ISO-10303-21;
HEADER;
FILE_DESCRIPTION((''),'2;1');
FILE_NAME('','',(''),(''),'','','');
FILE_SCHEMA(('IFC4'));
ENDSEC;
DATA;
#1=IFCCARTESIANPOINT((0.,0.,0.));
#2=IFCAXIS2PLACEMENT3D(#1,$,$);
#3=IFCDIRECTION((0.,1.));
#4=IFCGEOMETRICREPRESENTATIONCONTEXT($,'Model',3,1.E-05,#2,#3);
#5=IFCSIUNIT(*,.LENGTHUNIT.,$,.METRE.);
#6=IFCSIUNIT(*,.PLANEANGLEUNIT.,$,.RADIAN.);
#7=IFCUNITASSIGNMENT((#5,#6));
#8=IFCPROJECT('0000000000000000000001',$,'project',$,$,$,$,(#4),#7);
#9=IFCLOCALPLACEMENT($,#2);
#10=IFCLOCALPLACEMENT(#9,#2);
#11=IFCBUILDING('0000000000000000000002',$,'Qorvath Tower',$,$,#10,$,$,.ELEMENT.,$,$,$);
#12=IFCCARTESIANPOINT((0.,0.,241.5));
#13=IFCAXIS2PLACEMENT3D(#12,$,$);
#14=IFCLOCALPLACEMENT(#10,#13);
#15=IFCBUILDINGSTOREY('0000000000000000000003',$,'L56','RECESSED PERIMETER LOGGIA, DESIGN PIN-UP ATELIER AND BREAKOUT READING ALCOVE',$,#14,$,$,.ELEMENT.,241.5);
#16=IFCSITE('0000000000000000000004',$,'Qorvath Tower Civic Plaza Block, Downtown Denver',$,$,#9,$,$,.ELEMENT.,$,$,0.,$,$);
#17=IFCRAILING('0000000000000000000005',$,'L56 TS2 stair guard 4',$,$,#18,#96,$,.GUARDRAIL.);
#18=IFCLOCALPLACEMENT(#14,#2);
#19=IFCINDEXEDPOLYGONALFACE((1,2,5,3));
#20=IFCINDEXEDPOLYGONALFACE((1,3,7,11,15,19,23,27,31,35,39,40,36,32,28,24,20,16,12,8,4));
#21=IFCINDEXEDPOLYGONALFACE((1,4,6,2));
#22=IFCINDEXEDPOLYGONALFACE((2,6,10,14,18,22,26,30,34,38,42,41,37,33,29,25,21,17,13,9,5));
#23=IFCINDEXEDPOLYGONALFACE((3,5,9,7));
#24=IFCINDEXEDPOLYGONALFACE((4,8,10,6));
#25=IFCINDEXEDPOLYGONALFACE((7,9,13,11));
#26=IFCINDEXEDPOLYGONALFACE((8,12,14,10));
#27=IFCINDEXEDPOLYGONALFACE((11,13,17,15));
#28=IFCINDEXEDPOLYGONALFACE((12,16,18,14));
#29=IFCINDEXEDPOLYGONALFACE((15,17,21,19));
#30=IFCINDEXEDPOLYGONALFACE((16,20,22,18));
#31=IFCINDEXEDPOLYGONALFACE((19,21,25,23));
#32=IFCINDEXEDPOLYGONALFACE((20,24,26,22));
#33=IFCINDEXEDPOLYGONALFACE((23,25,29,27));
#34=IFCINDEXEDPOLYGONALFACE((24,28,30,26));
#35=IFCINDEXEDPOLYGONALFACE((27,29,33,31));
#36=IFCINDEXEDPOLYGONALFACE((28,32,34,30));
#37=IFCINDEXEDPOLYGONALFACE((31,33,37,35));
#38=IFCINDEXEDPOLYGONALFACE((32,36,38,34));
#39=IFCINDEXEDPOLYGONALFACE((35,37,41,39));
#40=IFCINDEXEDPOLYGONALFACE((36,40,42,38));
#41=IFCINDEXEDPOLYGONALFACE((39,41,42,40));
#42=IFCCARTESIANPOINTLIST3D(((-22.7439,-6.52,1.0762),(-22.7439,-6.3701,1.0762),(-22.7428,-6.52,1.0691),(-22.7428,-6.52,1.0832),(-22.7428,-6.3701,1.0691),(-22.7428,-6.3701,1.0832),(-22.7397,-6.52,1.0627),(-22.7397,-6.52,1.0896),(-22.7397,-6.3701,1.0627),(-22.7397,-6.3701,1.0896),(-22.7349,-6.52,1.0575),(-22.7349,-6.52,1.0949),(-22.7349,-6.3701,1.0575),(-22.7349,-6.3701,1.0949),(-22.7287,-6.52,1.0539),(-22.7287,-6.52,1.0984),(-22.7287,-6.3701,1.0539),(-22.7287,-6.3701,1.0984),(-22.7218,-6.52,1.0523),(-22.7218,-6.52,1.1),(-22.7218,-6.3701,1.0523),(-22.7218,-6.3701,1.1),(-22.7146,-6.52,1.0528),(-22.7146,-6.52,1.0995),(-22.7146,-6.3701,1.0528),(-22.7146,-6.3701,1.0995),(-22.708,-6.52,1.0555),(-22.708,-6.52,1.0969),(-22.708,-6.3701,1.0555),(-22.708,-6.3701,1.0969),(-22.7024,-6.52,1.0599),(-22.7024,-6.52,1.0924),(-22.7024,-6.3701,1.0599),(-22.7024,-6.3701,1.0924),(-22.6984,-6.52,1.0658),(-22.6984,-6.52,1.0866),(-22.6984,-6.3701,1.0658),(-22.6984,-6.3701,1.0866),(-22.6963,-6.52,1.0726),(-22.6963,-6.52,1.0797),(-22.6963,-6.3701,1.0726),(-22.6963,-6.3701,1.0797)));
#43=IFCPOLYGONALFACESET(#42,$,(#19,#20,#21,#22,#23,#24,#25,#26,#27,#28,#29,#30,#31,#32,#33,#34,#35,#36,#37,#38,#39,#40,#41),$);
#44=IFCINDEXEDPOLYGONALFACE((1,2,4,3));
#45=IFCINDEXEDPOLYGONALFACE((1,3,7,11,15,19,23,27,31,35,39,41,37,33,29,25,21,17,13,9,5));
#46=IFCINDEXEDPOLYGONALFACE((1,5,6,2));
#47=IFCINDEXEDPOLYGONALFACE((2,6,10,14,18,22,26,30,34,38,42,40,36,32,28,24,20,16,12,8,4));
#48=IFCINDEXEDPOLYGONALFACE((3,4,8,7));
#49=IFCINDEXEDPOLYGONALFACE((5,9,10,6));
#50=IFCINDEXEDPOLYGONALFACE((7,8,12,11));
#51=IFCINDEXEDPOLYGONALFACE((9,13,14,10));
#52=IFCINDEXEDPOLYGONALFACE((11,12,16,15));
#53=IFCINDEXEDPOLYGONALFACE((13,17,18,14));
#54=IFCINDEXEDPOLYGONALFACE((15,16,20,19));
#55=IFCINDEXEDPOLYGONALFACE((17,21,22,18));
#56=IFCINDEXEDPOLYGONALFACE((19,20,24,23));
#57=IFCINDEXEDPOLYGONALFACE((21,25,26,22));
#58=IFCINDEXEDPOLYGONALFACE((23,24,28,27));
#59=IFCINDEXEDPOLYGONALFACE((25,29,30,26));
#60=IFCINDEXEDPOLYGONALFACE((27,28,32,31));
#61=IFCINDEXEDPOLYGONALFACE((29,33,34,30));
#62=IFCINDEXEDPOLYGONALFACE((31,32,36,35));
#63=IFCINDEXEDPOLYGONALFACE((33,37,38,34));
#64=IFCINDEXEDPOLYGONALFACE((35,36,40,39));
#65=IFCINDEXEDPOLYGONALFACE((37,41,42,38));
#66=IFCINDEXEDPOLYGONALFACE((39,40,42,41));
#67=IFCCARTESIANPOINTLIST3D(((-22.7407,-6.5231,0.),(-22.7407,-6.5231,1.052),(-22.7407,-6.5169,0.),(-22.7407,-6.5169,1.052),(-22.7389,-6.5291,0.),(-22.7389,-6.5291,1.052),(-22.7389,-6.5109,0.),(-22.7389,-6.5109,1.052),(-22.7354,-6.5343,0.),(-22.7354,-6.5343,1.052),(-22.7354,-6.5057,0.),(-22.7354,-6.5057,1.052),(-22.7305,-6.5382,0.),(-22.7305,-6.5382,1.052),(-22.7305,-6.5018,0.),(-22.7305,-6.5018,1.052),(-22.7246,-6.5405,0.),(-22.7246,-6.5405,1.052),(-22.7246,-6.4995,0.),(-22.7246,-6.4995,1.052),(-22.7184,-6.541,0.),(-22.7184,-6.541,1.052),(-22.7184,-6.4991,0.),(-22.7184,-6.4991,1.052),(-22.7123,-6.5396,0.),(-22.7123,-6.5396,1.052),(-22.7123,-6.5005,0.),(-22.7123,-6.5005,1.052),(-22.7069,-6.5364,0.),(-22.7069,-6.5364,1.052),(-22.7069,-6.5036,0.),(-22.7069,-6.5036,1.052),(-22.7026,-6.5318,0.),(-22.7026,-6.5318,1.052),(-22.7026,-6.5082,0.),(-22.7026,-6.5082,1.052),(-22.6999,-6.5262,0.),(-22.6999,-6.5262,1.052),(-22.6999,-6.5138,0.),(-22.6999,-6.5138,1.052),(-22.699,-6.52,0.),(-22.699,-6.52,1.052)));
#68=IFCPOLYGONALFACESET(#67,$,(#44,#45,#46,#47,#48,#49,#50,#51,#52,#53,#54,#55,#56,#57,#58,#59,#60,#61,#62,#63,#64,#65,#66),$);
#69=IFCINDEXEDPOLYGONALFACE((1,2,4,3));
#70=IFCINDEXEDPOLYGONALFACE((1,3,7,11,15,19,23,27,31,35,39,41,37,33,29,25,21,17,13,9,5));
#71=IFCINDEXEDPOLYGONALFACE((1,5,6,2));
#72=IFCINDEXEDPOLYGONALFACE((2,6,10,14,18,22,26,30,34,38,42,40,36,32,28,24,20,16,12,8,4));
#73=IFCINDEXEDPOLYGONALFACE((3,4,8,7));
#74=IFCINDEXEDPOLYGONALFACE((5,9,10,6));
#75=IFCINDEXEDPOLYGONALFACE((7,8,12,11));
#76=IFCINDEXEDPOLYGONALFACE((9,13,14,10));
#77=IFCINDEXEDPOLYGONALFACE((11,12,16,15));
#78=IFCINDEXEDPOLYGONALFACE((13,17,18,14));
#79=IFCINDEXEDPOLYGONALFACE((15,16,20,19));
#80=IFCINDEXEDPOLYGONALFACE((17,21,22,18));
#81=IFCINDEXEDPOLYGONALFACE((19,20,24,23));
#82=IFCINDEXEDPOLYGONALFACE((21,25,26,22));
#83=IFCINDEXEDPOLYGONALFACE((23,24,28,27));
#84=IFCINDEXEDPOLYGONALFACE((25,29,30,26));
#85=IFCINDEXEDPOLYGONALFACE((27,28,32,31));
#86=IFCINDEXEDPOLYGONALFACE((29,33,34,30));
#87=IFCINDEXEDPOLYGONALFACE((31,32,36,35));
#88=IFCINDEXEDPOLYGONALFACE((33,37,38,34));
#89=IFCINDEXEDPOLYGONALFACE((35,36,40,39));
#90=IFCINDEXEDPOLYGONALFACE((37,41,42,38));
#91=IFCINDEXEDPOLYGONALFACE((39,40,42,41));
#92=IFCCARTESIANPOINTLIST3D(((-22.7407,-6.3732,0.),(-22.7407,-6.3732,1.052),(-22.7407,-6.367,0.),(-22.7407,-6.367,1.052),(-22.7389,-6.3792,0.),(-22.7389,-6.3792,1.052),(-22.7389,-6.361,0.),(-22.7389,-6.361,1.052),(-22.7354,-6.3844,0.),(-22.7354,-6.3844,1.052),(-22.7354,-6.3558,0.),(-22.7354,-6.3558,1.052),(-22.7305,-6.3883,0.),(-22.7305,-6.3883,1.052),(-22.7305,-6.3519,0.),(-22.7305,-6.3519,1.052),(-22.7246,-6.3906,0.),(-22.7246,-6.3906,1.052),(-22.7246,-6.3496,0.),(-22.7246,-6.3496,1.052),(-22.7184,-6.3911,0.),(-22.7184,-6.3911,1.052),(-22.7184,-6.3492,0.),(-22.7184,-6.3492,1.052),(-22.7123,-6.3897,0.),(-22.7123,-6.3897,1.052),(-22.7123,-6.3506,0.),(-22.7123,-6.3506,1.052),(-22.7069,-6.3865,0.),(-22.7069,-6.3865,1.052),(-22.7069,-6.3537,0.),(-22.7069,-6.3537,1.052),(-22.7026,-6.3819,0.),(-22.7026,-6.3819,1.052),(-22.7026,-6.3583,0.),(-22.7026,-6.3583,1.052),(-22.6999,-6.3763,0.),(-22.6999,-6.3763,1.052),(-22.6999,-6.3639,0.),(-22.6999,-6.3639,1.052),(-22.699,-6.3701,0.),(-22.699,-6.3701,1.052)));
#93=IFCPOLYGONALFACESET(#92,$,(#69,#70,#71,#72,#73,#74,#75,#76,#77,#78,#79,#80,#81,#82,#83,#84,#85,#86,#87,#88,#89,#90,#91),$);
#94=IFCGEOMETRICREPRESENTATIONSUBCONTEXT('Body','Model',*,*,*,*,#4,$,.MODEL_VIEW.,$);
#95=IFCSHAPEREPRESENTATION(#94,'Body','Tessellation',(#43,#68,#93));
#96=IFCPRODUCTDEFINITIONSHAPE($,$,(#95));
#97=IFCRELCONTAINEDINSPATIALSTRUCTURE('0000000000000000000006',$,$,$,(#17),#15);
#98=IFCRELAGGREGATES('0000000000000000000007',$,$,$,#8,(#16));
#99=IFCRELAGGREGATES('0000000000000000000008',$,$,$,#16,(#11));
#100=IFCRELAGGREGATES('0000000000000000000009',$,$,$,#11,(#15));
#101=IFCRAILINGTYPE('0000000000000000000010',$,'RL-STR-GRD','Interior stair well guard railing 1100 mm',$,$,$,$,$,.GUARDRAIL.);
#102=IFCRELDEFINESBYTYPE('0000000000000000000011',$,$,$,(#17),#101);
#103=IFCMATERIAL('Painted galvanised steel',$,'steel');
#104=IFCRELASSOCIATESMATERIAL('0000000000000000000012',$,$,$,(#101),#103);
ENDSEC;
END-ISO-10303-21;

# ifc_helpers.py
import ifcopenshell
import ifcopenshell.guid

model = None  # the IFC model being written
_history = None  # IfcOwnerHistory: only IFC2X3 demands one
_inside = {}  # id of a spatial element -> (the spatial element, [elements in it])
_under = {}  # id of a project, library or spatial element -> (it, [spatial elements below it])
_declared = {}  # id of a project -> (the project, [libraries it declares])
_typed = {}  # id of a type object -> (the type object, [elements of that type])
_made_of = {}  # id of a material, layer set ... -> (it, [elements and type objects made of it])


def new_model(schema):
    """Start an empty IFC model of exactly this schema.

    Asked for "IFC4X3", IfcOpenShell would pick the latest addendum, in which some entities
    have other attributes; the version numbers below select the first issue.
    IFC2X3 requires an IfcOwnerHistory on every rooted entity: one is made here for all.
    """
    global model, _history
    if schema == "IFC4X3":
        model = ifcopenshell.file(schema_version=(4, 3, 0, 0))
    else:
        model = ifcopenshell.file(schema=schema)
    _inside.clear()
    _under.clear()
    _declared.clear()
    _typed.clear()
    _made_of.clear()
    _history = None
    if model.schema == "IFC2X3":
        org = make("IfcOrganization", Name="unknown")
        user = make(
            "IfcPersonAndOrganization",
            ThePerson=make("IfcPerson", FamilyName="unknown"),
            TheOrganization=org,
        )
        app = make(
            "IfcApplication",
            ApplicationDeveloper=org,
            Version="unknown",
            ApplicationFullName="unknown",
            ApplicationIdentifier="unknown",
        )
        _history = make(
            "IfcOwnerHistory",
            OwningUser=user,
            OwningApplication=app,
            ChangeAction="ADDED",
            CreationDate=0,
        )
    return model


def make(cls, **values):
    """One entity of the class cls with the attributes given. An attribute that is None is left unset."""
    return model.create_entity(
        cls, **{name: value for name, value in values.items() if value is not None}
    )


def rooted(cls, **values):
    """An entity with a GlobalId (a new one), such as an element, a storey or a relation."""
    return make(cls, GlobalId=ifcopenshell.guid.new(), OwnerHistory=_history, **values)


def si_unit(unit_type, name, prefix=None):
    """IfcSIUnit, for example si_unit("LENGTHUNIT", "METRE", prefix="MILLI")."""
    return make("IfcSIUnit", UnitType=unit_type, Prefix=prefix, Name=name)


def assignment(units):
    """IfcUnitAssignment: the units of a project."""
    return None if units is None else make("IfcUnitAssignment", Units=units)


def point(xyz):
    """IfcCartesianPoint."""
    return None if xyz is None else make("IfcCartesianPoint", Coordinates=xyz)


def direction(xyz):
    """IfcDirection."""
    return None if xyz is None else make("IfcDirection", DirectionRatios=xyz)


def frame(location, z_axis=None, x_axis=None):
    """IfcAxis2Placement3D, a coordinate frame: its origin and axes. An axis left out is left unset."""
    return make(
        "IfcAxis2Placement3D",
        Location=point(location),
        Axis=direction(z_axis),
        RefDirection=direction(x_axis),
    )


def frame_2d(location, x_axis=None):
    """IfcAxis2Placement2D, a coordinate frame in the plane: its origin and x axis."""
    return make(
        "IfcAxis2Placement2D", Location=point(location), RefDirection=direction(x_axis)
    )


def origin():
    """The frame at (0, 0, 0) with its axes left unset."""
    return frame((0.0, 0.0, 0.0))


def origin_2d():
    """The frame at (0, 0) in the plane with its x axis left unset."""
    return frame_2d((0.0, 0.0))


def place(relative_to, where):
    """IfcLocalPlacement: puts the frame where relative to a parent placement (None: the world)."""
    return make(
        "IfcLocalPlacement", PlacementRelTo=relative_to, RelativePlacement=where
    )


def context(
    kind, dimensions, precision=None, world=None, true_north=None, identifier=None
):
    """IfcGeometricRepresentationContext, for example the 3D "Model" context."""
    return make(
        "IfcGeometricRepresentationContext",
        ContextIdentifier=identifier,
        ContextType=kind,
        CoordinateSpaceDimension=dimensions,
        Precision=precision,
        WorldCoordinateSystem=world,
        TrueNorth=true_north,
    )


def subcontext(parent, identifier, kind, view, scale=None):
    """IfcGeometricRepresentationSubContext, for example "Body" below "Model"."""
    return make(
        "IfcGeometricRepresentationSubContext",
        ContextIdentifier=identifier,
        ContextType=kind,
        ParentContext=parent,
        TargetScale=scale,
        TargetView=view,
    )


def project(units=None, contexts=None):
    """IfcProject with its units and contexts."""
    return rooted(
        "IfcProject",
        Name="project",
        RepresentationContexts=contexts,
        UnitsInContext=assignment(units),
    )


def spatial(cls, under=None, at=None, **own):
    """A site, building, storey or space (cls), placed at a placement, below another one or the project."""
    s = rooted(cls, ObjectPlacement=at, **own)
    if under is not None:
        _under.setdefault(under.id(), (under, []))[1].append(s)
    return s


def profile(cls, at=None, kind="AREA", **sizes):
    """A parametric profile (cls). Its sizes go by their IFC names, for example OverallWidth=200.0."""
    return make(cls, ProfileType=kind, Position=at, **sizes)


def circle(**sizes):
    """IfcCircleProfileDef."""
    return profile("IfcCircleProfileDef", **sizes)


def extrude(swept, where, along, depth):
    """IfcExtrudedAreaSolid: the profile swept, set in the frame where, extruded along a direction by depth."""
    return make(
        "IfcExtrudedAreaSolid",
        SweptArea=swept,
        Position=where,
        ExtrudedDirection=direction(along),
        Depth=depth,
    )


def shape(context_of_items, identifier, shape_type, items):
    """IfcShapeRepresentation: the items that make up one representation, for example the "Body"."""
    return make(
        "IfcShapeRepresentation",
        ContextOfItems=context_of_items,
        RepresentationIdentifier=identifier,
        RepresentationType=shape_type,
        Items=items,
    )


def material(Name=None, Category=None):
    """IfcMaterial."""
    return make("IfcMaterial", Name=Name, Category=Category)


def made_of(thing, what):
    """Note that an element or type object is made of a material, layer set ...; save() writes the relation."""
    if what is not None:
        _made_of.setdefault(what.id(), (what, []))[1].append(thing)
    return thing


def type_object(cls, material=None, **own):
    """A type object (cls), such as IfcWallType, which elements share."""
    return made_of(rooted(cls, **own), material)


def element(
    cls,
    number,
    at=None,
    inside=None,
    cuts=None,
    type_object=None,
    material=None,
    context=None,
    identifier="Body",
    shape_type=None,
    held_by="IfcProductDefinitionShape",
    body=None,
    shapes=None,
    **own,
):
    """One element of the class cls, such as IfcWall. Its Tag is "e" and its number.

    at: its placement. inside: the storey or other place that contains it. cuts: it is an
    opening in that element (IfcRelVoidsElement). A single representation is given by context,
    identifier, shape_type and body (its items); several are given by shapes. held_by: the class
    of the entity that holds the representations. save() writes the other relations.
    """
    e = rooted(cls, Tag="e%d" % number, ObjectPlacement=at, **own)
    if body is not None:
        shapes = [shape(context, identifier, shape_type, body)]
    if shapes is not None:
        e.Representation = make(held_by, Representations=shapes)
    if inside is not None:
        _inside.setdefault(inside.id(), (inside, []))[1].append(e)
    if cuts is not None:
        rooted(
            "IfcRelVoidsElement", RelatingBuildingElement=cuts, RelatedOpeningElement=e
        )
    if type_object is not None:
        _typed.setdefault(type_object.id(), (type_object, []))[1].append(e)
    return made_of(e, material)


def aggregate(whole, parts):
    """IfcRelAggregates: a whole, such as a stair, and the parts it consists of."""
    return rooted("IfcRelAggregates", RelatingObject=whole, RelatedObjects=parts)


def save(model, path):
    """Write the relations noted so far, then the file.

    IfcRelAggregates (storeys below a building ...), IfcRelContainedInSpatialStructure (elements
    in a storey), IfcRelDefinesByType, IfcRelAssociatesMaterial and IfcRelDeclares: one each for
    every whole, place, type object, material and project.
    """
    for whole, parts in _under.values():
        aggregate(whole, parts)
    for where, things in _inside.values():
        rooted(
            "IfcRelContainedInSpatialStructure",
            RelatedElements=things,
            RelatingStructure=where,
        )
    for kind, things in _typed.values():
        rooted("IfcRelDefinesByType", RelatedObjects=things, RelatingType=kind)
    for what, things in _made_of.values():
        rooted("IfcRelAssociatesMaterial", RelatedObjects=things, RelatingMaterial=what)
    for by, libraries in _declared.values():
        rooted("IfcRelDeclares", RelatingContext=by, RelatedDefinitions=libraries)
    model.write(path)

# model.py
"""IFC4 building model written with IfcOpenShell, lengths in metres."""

from ifc_helpers import new_model, si_unit, direction, frame, origin, origin_2d, place, context, subcontext, project, spatial, circle, extrude, material, type_object, element, save


model = new_model("IFC4")

# Units and contexts
model_context = context("Model", 3, precision=1e-05, world=origin(), true_north=direction((0.0, 1.0)))
body_context = subcontext(model_context, "Body", "Model", "MODEL_VIEW")
ifc_project = project(units=[si_unit("LENGTHUNIT", "METRE"), si_unit("PLANEANGLEUNIT", "RADIAN")], contexts=[model_context])

# Site, building, storey
site_placement = place(None, origin())
site = spatial("IfcSite", under=ifc_project, at=site_placement, Name="Qorvath Tower Civic Plaza Block, Downtown Denver", CompositionType="ELEMENT", RefElevation=0.0)
building_placement = place(site_placement, origin())
building = spatial("IfcBuilding", under=site, at=building_placement, Name="Qorvath Tower", CompositionType="ELEMENT")
storey_placement = place(building_placement, frame((0.0, 0.0, 241.5)))
storey = spatial("IfcBuildingStorey", under=building, at=storey_placement, Name="L56", Description="RECESSED PERIMETER LOGGIA, DESIGN PIN-UP ATELIER AND BREAKOUT READING ALCOVE", CompositionType="ELEMENT", Elevation=241.5)

# Railing
ifc_material_1 = material(Name="Painted galvanised steel", Category="steel")
railing_type_1 = type_object("IfcRailingType", Name="RL-STR-GRD", Description="Interior stair well guard railing 1100 mm", PredefinedType="GUARDRAIL", material=ifc_material_1)
railing_1_placement = place(storey_placement, frame((-22.72, -6.52, 0.0)))
element("IfcRailing", 1, at=railing_1_placement, inside=storey, type_object=railing_type_1, Name="L56 TS2 stair guard 4", PredefinedType="GUARDRAIL", context=body_context, shape_type="SweptSolid", body=[
    extrude(circle(Radius=0.0239, at=origin_2d()), frame((0.0, 0.0, 1.0762), z_axis=(0.0, 1.0, 0.0), x_axis=(-1.0, 0.0, 0.0)), (0.0, 0.0, 1.0), 0.1499),
    extrude(circle(Radius=0.021, at=origin_2d()), origin(), (0.0, 0.0, 1.0), 1.052),
    extrude(circle(Radius=0.021, at=origin_2d()), frame((0.0, 0.1499, 0.0)), (0.0, 0.0, 1.0), 1.052),
])

save(model, "model.ifc")
